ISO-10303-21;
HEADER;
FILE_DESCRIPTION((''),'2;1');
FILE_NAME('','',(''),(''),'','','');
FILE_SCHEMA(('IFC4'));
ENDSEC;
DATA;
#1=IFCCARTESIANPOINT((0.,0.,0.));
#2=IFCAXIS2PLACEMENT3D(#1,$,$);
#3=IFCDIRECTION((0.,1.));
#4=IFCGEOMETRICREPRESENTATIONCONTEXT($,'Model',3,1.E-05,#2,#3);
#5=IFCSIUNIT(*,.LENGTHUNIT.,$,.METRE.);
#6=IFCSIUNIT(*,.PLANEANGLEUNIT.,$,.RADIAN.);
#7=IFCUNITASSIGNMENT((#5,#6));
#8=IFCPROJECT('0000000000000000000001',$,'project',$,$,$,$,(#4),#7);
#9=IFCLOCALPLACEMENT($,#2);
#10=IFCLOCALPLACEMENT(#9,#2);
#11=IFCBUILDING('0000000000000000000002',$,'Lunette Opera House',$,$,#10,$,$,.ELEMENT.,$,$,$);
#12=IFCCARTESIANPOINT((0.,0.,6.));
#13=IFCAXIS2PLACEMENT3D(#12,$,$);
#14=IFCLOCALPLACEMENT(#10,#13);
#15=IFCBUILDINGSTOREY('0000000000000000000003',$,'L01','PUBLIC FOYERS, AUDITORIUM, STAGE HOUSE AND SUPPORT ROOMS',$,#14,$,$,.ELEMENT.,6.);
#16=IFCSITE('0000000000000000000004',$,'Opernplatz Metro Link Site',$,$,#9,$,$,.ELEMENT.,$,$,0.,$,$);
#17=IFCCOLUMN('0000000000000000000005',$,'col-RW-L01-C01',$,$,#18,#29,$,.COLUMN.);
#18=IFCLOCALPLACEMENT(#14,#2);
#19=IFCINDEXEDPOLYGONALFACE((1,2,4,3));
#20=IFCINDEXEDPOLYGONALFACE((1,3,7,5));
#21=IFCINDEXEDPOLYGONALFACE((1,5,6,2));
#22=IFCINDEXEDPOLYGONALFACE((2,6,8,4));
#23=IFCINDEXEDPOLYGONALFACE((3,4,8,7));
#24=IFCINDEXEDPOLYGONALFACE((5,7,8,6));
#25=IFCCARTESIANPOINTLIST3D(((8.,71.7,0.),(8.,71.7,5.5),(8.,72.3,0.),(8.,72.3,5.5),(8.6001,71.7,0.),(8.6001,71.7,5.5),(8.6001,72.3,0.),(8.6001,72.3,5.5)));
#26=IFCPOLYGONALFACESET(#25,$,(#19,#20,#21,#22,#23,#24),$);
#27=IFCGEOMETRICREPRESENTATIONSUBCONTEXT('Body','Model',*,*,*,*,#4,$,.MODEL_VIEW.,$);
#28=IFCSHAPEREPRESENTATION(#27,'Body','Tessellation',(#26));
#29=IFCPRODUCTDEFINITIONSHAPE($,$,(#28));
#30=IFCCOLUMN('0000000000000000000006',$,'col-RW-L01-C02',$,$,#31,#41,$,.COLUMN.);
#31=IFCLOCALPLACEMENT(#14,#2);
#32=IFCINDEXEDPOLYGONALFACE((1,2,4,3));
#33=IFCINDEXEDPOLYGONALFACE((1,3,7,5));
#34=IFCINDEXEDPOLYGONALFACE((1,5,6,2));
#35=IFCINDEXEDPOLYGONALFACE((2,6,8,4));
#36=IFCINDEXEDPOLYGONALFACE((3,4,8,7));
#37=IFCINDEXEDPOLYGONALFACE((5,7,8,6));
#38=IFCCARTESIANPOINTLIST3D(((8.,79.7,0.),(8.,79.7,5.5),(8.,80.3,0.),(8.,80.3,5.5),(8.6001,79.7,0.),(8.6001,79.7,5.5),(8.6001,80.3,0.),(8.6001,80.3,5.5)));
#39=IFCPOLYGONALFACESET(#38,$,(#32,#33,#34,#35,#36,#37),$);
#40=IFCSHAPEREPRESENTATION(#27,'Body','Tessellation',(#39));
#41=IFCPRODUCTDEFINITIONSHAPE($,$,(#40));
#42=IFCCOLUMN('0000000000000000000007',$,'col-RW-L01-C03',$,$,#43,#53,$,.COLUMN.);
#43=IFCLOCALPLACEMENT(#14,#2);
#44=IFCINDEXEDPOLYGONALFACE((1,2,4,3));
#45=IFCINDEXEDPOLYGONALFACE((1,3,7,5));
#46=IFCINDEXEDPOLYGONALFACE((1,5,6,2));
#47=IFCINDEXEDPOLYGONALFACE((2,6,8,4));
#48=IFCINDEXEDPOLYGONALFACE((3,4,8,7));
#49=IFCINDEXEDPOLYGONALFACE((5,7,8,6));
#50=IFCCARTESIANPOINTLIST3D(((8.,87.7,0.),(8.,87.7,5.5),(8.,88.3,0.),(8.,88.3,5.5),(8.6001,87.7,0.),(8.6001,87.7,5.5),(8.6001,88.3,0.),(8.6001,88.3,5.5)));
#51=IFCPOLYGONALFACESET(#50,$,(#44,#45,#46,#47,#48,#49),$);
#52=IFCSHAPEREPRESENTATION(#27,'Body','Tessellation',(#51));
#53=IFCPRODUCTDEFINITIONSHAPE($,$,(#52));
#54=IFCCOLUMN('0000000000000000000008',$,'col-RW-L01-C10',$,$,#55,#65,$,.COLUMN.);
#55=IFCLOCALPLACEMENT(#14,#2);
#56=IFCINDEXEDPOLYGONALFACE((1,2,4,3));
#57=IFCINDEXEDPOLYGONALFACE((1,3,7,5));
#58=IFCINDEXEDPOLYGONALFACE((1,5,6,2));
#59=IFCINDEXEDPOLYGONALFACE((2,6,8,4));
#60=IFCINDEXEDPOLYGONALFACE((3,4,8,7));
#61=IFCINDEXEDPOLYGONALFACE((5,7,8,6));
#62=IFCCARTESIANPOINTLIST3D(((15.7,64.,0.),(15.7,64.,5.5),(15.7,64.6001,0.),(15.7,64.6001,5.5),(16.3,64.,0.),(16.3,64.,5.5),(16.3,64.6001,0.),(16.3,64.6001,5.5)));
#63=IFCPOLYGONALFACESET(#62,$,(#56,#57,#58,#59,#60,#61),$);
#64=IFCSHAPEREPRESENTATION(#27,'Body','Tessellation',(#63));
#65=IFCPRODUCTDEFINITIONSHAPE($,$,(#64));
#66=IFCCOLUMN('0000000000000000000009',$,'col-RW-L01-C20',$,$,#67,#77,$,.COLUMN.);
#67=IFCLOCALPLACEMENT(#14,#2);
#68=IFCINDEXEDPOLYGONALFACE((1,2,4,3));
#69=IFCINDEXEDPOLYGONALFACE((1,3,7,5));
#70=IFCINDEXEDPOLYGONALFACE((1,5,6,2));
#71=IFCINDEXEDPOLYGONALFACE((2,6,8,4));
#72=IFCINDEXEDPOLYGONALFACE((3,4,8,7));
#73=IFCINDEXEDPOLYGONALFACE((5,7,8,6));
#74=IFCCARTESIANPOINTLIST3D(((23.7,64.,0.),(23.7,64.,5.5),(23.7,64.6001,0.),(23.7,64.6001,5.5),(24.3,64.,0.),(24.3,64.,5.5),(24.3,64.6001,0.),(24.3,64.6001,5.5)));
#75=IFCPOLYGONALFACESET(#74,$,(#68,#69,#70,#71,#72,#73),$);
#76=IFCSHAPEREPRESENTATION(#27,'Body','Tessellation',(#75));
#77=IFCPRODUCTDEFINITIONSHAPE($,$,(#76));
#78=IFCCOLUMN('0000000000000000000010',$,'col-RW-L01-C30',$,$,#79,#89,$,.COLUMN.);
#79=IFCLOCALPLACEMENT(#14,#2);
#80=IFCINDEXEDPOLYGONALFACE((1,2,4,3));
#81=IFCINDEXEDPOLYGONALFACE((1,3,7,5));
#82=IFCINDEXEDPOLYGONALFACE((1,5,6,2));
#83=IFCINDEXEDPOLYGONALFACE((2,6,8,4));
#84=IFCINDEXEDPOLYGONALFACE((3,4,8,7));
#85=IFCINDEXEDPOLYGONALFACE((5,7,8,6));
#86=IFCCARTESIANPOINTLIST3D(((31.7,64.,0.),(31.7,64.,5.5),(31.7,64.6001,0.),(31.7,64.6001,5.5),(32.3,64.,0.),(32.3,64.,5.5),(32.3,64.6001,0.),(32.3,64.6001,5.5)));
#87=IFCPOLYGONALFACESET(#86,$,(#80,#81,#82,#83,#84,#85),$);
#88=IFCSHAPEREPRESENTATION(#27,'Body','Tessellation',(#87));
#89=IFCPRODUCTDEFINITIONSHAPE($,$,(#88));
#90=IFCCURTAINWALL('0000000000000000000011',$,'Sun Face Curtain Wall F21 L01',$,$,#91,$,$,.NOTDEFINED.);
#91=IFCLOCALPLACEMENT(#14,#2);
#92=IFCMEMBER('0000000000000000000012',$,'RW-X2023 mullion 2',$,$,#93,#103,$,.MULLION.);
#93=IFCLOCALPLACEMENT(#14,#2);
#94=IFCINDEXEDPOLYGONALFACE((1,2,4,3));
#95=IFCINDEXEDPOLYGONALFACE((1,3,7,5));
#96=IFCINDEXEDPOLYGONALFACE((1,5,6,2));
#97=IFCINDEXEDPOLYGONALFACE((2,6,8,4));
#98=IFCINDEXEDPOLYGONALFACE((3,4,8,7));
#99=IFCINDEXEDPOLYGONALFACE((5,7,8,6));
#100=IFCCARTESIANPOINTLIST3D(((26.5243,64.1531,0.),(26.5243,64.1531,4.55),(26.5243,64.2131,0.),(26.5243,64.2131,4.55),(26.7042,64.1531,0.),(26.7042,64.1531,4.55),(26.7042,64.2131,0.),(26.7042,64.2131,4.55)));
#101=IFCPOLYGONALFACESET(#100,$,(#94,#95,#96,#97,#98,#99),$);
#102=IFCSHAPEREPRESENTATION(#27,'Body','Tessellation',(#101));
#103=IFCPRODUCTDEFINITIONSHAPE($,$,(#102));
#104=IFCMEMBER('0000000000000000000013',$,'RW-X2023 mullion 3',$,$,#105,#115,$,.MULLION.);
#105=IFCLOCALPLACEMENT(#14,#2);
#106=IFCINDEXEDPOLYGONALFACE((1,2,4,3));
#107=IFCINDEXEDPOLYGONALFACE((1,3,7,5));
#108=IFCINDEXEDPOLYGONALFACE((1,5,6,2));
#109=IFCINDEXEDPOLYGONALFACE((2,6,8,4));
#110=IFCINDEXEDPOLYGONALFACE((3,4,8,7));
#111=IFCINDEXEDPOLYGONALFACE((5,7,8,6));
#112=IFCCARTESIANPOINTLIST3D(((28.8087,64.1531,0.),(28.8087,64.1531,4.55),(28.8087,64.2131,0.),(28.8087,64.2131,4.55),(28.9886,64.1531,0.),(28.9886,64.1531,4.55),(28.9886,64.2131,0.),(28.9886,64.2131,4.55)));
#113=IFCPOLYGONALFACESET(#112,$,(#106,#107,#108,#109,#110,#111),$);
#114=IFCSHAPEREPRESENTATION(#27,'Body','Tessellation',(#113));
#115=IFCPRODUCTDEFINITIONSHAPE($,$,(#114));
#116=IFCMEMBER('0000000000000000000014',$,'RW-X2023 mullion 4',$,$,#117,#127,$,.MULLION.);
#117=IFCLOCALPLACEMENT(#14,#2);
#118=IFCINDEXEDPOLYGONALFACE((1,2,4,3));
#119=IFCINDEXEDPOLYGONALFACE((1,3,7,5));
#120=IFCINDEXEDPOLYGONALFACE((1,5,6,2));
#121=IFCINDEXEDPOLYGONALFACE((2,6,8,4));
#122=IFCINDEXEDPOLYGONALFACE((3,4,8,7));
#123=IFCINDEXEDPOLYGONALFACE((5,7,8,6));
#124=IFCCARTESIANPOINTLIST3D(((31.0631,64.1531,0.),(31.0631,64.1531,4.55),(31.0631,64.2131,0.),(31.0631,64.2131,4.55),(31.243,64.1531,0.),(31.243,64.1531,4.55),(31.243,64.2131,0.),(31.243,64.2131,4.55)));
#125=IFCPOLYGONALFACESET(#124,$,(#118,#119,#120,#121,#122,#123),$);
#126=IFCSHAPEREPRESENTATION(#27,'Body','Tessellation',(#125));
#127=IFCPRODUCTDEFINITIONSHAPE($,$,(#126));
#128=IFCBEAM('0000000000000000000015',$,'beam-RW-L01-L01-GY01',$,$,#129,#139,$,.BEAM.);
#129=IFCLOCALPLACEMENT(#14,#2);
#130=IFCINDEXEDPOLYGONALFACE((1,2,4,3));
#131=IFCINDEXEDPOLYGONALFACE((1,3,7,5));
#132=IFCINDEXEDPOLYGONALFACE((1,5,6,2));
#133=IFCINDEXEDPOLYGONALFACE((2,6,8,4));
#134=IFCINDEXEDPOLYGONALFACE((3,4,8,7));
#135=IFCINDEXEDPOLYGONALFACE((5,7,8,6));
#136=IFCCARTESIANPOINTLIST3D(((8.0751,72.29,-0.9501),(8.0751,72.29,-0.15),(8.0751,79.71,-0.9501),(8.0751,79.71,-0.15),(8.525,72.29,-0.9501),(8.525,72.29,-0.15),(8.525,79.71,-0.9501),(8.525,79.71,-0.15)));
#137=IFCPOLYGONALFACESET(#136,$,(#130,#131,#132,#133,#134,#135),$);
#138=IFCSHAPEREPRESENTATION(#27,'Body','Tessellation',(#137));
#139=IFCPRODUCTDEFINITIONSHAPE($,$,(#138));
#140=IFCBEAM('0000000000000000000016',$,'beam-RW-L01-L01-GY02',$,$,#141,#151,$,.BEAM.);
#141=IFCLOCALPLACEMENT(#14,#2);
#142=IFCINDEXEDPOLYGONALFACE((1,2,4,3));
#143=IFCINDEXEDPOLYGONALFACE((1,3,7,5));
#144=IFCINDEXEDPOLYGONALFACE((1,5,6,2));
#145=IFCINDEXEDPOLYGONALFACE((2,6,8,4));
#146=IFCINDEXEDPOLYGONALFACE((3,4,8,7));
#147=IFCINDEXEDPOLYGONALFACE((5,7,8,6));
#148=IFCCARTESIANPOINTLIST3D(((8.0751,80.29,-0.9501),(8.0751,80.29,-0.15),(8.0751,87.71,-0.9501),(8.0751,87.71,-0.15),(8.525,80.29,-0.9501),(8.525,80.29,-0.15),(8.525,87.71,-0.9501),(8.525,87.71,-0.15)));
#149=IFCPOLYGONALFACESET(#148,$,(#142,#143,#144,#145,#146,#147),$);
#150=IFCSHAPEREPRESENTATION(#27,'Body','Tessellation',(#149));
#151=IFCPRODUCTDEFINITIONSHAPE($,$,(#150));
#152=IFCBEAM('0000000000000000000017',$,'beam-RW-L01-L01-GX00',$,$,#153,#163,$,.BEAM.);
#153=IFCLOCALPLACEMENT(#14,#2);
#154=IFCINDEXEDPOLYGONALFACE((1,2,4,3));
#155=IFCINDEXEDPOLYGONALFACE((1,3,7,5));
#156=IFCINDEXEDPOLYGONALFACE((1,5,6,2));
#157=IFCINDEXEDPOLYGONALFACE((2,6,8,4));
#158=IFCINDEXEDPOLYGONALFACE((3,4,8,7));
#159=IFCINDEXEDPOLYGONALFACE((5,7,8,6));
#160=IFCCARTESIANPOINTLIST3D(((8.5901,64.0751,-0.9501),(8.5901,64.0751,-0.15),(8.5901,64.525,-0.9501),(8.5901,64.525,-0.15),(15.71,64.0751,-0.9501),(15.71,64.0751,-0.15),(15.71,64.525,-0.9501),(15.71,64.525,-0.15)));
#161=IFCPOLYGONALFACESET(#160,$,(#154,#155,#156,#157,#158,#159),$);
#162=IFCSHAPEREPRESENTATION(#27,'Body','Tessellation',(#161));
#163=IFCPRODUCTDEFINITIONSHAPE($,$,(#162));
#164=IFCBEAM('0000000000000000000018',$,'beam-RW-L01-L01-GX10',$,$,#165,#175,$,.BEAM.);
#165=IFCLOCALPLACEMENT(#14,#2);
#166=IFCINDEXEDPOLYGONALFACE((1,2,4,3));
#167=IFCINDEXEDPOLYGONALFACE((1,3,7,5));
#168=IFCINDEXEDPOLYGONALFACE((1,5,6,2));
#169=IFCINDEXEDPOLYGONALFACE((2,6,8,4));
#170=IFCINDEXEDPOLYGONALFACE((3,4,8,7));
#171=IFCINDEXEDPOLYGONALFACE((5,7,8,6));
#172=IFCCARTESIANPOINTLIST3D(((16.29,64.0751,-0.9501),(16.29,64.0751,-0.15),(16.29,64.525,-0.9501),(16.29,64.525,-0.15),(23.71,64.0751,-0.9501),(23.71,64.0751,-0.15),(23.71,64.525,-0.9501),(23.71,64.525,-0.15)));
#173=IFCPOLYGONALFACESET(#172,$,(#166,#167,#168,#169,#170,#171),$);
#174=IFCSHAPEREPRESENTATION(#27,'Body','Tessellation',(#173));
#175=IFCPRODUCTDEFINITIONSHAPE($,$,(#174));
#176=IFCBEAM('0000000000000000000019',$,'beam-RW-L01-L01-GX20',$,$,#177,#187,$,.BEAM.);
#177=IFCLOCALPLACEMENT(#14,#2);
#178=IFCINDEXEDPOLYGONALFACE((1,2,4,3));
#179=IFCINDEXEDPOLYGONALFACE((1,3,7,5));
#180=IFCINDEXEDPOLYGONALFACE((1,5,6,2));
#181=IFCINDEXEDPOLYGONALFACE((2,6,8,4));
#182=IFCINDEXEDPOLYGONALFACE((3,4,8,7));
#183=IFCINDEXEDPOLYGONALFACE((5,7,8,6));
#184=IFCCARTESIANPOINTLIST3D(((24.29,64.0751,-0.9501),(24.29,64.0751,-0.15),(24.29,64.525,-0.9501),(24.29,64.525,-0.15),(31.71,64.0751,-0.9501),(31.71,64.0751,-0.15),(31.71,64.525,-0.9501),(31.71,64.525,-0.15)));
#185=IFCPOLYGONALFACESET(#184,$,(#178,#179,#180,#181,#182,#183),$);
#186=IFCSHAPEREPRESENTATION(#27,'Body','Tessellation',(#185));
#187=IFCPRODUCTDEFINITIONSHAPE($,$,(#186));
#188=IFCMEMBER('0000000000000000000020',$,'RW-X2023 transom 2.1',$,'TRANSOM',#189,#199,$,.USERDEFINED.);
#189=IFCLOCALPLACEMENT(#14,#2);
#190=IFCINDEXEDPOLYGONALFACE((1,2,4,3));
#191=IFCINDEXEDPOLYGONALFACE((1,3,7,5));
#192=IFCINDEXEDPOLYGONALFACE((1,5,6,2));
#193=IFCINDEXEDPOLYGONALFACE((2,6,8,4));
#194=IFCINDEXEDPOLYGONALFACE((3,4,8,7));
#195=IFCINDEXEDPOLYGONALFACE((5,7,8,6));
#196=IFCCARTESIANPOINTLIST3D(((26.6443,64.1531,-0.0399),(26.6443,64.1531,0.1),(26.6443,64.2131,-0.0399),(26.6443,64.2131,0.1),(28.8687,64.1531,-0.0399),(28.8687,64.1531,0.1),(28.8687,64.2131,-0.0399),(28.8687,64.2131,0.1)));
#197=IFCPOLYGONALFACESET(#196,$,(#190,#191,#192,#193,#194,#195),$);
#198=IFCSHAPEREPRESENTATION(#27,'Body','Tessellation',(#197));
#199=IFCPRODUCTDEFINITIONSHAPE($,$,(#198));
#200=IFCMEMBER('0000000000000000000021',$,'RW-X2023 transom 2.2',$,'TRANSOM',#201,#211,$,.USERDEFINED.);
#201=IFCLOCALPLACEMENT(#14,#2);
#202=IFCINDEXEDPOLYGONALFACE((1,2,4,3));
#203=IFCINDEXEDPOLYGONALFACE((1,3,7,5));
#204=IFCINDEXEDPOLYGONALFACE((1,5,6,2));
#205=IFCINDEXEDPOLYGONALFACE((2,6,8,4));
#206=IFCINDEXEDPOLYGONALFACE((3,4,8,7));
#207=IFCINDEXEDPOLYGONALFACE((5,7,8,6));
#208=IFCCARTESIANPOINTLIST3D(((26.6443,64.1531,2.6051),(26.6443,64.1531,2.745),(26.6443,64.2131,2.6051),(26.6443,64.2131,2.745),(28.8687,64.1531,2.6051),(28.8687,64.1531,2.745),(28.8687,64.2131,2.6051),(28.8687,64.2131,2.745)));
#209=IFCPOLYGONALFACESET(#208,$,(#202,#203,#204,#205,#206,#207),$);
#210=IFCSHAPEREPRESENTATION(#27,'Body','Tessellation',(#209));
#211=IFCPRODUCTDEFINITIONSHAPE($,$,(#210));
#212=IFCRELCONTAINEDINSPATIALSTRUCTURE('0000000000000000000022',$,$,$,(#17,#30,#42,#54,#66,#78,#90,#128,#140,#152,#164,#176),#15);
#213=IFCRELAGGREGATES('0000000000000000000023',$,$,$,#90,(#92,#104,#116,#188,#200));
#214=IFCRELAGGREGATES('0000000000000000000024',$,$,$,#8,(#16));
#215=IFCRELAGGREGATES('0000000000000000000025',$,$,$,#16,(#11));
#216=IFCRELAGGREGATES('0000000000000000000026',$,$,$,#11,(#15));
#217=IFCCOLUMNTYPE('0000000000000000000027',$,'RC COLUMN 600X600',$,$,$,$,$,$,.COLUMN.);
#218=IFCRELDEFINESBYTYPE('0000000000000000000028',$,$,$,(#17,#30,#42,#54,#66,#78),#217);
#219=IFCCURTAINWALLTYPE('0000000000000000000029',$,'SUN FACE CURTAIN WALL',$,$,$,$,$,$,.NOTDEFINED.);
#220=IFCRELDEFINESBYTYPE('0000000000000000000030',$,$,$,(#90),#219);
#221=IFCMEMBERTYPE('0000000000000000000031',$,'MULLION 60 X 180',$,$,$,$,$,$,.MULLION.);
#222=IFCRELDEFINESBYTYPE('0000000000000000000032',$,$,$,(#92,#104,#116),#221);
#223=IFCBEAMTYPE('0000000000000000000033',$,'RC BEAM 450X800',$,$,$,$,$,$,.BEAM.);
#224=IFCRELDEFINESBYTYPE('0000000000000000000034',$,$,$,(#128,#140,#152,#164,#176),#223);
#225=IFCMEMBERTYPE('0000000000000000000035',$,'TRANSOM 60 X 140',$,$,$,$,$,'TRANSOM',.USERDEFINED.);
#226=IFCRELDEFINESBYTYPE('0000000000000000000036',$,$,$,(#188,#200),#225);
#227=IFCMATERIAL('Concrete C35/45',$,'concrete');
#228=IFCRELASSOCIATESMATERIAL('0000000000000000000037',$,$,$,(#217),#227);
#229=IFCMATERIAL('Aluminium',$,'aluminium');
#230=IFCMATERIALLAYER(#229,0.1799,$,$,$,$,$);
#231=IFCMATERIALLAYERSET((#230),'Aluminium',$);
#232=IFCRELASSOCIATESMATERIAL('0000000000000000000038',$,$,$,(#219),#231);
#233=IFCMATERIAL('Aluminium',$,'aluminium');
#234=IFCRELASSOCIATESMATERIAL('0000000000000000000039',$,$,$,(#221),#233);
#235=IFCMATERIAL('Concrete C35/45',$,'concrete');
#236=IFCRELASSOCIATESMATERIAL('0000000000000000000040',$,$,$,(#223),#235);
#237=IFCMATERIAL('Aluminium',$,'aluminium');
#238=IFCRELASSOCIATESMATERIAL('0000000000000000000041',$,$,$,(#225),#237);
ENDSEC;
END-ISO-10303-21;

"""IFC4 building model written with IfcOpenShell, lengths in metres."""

from ifc_helpers import new_model, si_unit, direction, frame, origin, origin_2d, place, context, subcontext, project, spatial, rectangle, extrude, material, layer, layer_set, material_profile, profile_set, type_object, element, aggregate, save


model = new_model("IFC4")

# Units and contexts
model_context = context("Model", 3, precision=1e-05, world=origin(), true_north=direction((0.0, 1.0)))
body_context = subcontext(model_context, "Body", "Model", "MODEL_VIEW")
ifc_project = project(units=[si_unit("LENGTHUNIT", "METRE"), si_unit("PLANEANGLEUNIT", "RADIAN")], contexts=[model_context])

# Site, building, storey
site_placement = place(None, origin())
site = spatial("IfcSite", under=ifc_project, at=site_placement, Name="Opernplatz Metro Link Site", CompositionType="ELEMENT", RefElevation=0.0)
building_placement = place(site_placement, origin())
building = spatial("IfcBuilding", under=site, at=building_placement, Name="Lunette Opera House", CompositionType="ELEMENT")
storey_placement = place(building_placement, frame((0.0, 0.0, 6.0)))
storey = spatial("IfcBuildingStorey", under=building, at=storey_placement, Name="L01", Description="PUBLIC FOYERS, AUDITORIUM, STAGE HOUSE AND SUPPORT ROOMS", CompositionType="ELEMENT", Elevation=6.0)

# Columns
ifc_material_1 = material(Name="Concrete C35/45", Category="concrete")
ifc_material_profile_1 = material_profile(ifc_material_1, rectangle(XDim=0.6001, YDim=0.6001, at=origin_2d()), Name="RC COLUMN 600X600")
ifc_profile_set_1 = profile_set([ifc_material_profile_1], Name="Concrete C35/45")
column_type = type_object("IfcColumnType", Name="RC COLUMN 600X600", PredefinedType="COLUMN", material=ifc_profile_set_1)
for number, where, z_axis, x_axis, name in (
    (1, (8.3, 72.0, 0.0), (0.0, 0.0, 1.0), (1.0, 0.0, 0.0), "col-RW-L01-C01"),
    (2, (8.3, 80.0, 0.0), (0.0, 0.0, 1.0), (1.0, 0.0, 0.0), "col-RW-L01-C02"),
    (3, (8.3, 88.0, 0.0), (0.0, 0.0, 1.0), (1.0, 0.0, 0.0), "col-RW-L01-C03"),
    (4, (16.0, 64.3, 0.0), (0.0, 0.0, 1.0), (1.0, 0.0, 0.0), "col-RW-L01-C10"),
    (5, (24.0, 64.3, 0.0), (0.0, 0.0, 1.0), (1.0, 0.0, 0.0), "col-RW-L01-C20"),
    (6, (32.0, 64.3, 0.0), (0.0, 0.0, 1.0), (1.0, 0.0, 0.0), "col-RW-L01-C30"),
):
    element("IfcColumn", number, at=place(storey_placement, frame(where, z_axis=z_axis, x_axis=x_axis)), inside=storey, type_object=column_type, Name=name, PredefinedType="COLUMN", context=body_context, shape_type="SweptSolid", body=[
        extrude(rectangle(XDim=0.6001, YDim=0.6001, at=origin_2d()), origin(), (0.0, 0.0, 1.0), 5.5),
    ])

# Curtain wall, members
ifc_material_2 = material(Name="Aluminium", Category="aluminium")
ifc_layer_1 = layer(ifc_material_2, 0.1799)
ifc_layer_set_1 = layer_set([ifc_layer_1], Name="Aluminium")
curtain_wall_type = type_object("IfcCurtainWallType", Name="SUN FACE CURTAIN WALL", PredefinedType="NOTDEFINED", material=ifc_layer_set_1)
curtain_wall_placement = place(storey_placement, origin())
curtain_wall = element("IfcCurtainWall", 7, at=curtain_wall_placement, inside=storey, type_object=curtain_wall_type, Name="Sun Face Curtain Wall F21 L01", PredefinedType="NOTDEFINED")
ifc_material_3 = material(Name="Aluminium", Category="aluminium")
ifc_material_profile_2 = material_profile(ifc_material_3, rectangle(XDim=0.0601, YDim=0.1799, at=origin_2d()), Name="MULLION 60 X 180")
ifc_profile_set_2 = profile_set([ifc_material_profile_2], Name="Aluminium")
member_type_1 = type_object("IfcMemberType", Name="MULLION 60 X 180", PredefinedType="MULLION", material=ifc_profile_set_2)
member_1_placement = place(storey_placement, frame((26.6143, 64.1831, 0.0), z_axis=(0.0, 0.0, 1.0), x_axis=(0.0, 1.0, 0.0)))
member_1 = element("IfcMember", 8, at=member_1_placement, type_object=member_type_1, Name="RW-X2023 mullion 2", PredefinedType="MULLION", context=body_context, shape_type="SweptSolid", body=[
    extrude(rectangle(XDim=0.0601, YDim=0.1799, at=origin_2d()), origin(), (0.0, 0.0, 1.0), 4.55),
])
member_2_placement = place(storey_placement, frame((28.8987, 64.1831, 0.0), z_axis=(0.0, 0.0, 1.0), x_axis=(0.0, 1.0, 0.0)))
member_2 = element("IfcMember", 9, at=member_2_placement, type_object=member_type_1, Name="RW-X2023 mullion 3", PredefinedType="MULLION", context=body_context, shape_type="SweptSolid", body=[
    extrude(rectangle(XDim=0.0601, YDim=0.1799, at=origin_2d()), origin(), (0.0, 0.0, 1.0), 4.55),
])
member_3_placement = place(storey_placement, frame((31.1531, 64.1831, 0.0), z_axis=(0.0, 0.0, 1.0), x_axis=(0.0, 1.0, 0.0)))
member_3 = element("IfcMember", 10, at=member_3_placement, type_object=member_type_1, Name="RW-X2023 mullion 4", PredefinedType="MULLION", context=body_context, shape_type="SweptSolid", body=[
    extrude(rectangle(XDim=0.0601, YDim=0.1799, at=origin_2d()), origin(), (0.0, 0.0, 1.0), 4.55),
])

# Beams
ifc_material_4 = material(Name="Concrete C35/45", Category="concrete")
ifc_material_profile_3 = material_profile(ifc_material_4, rectangle(XDim=0.45, YDim=0.8, at=origin_2d()), Name="RC BEAM 450X800")
ifc_profile_set_3 = profile_set([ifc_material_profile_3], Name="Concrete C35/45")
beam_type = type_object("IfcBeamType", Name="RC BEAM 450X800", PredefinedType="BEAM", material=ifc_profile_set_3)
for number, where, z_axis, x_axis, name in (
    (11, (8.3, 72.29, -0.55), (0.0, 1.0, 0.0), (-1.0, 0.0, 0.0), "beam-RW-L01-L01-GY01"),
    (12, (8.3, 80.29, -0.55), (0.0, 1.0, 0.0), (-1.0, 0.0, 0.0), "beam-RW-L01-L01-GY02"),
):
    element("IfcBeam", number, at=place(storey_placement, frame(where, z_axis=z_axis, x_axis=x_axis)), inside=storey, type_object=beam_type, Name=name, PredefinedType="BEAM", context=body_context, shape_type="SweptSolid", body=[
        extrude(rectangle(XDim=0.45, YDim=0.8, at=origin_2d()), origin(), (0.0, 0.0, 1.0), 7.4199),
    ])
beam_placement = place(storey_placement, frame((8.5901, 64.3, -0.55), z_axis=(1.0, 0.0, 0.0), x_axis=(0.0, 1.0, 0.0)))
element("IfcBeam", 13, at=beam_placement, inside=storey, type_object=beam_type, Name="beam-RW-L01-L01-GX00", PredefinedType="BEAM", context=body_context, shape_type="SweptSolid", body=[
    extrude(rectangle(XDim=0.45, YDim=0.8, at=origin_2d()), origin(), (0.0, 0.0, 1.0), 7.1199),
])
for number, where, z_axis, x_axis, name in (
    (14, (16.29, 64.3, -0.55), (1.0, 0.0, 0.0), (0.0, 1.0, 0.0), "beam-RW-L01-L01-GX10"),
    (15, (24.29, 64.3, -0.55), (1.0, 0.0, 0.0), (0.0, 1.0, 0.0), "beam-RW-L01-L01-GX20"),
):
    element("IfcBeam", number, at=place(storey_placement, frame(where, z_axis=z_axis, x_axis=x_axis)), inside=storey, type_object=beam_type, Name=name, PredefinedType="BEAM", context=body_context, shape_type="SweptSolid", body=[
        extrude(rectangle(XDim=0.45, YDim=0.8, at=origin_2d()), origin(), (0.0, 0.0, 1.0), 7.4199),
    ])

# Members
ifc_material_5 = material(Name="Aluminium", Category="aluminium")
ifc_material_profile_4 = material_profile(ifc_material_5, rectangle(XDim=0.0601, YDim=0.1399, at=origin_2d()), Name="TRANSOM 60 X 140")
ifc_profile_set_4 = profile_set([ifc_material_profile_4], Name="Aluminium")
member_type_2 = type_object("IfcMemberType", Name="TRANSOM 60 X 140", ElementType="TRANSOM", PredefinedType="USERDEFINED", material=ifc_profile_set_4)
member_4_placement = place(storey_placement, frame((26.6443, 64.1831, 0.03), z_axis=(1.0, 0.0, 0.0), x_axis=(0.0, 1.0, 0.0)))
member_4 = element("IfcMember", 16, at=member_4_placement, type_object=member_type_2, Name="RW-X2023 transom 2.1", ObjectType="TRANSOM", PredefinedType="USERDEFINED", context=body_context, shape_type="SweptSolid", body=[
    extrude(rectangle(XDim=0.0601, YDim=0.1399, at=origin_2d()), origin(), (0.0, 0.0, 1.0), 2.2244),
])
member_5_placement = place(storey_placement, frame((26.6443, 64.1831, 2.675), z_axis=(1.0, 0.0, 0.0), x_axis=(0.0, 1.0, 0.0)))
member_5 = element("IfcMember", 17, at=member_5_placement, type_object=member_type_2, Name="RW-X2023 transom 2.2", ObjectType="TRANSOM", PredefinedType="USERDEFINED", context=body_context, shape_type="SweptSolid", body=[
    extrude(rectangle(XDim=0.0601, YDim=0.1399, at=origin_2d()), origin(), (0.0, 0.0, 1.0), 2.2244),
])

aggregate(curtain_wall, [member_1, member_2, member_3, member_4, member_5])

save(model, "model.ifc")
